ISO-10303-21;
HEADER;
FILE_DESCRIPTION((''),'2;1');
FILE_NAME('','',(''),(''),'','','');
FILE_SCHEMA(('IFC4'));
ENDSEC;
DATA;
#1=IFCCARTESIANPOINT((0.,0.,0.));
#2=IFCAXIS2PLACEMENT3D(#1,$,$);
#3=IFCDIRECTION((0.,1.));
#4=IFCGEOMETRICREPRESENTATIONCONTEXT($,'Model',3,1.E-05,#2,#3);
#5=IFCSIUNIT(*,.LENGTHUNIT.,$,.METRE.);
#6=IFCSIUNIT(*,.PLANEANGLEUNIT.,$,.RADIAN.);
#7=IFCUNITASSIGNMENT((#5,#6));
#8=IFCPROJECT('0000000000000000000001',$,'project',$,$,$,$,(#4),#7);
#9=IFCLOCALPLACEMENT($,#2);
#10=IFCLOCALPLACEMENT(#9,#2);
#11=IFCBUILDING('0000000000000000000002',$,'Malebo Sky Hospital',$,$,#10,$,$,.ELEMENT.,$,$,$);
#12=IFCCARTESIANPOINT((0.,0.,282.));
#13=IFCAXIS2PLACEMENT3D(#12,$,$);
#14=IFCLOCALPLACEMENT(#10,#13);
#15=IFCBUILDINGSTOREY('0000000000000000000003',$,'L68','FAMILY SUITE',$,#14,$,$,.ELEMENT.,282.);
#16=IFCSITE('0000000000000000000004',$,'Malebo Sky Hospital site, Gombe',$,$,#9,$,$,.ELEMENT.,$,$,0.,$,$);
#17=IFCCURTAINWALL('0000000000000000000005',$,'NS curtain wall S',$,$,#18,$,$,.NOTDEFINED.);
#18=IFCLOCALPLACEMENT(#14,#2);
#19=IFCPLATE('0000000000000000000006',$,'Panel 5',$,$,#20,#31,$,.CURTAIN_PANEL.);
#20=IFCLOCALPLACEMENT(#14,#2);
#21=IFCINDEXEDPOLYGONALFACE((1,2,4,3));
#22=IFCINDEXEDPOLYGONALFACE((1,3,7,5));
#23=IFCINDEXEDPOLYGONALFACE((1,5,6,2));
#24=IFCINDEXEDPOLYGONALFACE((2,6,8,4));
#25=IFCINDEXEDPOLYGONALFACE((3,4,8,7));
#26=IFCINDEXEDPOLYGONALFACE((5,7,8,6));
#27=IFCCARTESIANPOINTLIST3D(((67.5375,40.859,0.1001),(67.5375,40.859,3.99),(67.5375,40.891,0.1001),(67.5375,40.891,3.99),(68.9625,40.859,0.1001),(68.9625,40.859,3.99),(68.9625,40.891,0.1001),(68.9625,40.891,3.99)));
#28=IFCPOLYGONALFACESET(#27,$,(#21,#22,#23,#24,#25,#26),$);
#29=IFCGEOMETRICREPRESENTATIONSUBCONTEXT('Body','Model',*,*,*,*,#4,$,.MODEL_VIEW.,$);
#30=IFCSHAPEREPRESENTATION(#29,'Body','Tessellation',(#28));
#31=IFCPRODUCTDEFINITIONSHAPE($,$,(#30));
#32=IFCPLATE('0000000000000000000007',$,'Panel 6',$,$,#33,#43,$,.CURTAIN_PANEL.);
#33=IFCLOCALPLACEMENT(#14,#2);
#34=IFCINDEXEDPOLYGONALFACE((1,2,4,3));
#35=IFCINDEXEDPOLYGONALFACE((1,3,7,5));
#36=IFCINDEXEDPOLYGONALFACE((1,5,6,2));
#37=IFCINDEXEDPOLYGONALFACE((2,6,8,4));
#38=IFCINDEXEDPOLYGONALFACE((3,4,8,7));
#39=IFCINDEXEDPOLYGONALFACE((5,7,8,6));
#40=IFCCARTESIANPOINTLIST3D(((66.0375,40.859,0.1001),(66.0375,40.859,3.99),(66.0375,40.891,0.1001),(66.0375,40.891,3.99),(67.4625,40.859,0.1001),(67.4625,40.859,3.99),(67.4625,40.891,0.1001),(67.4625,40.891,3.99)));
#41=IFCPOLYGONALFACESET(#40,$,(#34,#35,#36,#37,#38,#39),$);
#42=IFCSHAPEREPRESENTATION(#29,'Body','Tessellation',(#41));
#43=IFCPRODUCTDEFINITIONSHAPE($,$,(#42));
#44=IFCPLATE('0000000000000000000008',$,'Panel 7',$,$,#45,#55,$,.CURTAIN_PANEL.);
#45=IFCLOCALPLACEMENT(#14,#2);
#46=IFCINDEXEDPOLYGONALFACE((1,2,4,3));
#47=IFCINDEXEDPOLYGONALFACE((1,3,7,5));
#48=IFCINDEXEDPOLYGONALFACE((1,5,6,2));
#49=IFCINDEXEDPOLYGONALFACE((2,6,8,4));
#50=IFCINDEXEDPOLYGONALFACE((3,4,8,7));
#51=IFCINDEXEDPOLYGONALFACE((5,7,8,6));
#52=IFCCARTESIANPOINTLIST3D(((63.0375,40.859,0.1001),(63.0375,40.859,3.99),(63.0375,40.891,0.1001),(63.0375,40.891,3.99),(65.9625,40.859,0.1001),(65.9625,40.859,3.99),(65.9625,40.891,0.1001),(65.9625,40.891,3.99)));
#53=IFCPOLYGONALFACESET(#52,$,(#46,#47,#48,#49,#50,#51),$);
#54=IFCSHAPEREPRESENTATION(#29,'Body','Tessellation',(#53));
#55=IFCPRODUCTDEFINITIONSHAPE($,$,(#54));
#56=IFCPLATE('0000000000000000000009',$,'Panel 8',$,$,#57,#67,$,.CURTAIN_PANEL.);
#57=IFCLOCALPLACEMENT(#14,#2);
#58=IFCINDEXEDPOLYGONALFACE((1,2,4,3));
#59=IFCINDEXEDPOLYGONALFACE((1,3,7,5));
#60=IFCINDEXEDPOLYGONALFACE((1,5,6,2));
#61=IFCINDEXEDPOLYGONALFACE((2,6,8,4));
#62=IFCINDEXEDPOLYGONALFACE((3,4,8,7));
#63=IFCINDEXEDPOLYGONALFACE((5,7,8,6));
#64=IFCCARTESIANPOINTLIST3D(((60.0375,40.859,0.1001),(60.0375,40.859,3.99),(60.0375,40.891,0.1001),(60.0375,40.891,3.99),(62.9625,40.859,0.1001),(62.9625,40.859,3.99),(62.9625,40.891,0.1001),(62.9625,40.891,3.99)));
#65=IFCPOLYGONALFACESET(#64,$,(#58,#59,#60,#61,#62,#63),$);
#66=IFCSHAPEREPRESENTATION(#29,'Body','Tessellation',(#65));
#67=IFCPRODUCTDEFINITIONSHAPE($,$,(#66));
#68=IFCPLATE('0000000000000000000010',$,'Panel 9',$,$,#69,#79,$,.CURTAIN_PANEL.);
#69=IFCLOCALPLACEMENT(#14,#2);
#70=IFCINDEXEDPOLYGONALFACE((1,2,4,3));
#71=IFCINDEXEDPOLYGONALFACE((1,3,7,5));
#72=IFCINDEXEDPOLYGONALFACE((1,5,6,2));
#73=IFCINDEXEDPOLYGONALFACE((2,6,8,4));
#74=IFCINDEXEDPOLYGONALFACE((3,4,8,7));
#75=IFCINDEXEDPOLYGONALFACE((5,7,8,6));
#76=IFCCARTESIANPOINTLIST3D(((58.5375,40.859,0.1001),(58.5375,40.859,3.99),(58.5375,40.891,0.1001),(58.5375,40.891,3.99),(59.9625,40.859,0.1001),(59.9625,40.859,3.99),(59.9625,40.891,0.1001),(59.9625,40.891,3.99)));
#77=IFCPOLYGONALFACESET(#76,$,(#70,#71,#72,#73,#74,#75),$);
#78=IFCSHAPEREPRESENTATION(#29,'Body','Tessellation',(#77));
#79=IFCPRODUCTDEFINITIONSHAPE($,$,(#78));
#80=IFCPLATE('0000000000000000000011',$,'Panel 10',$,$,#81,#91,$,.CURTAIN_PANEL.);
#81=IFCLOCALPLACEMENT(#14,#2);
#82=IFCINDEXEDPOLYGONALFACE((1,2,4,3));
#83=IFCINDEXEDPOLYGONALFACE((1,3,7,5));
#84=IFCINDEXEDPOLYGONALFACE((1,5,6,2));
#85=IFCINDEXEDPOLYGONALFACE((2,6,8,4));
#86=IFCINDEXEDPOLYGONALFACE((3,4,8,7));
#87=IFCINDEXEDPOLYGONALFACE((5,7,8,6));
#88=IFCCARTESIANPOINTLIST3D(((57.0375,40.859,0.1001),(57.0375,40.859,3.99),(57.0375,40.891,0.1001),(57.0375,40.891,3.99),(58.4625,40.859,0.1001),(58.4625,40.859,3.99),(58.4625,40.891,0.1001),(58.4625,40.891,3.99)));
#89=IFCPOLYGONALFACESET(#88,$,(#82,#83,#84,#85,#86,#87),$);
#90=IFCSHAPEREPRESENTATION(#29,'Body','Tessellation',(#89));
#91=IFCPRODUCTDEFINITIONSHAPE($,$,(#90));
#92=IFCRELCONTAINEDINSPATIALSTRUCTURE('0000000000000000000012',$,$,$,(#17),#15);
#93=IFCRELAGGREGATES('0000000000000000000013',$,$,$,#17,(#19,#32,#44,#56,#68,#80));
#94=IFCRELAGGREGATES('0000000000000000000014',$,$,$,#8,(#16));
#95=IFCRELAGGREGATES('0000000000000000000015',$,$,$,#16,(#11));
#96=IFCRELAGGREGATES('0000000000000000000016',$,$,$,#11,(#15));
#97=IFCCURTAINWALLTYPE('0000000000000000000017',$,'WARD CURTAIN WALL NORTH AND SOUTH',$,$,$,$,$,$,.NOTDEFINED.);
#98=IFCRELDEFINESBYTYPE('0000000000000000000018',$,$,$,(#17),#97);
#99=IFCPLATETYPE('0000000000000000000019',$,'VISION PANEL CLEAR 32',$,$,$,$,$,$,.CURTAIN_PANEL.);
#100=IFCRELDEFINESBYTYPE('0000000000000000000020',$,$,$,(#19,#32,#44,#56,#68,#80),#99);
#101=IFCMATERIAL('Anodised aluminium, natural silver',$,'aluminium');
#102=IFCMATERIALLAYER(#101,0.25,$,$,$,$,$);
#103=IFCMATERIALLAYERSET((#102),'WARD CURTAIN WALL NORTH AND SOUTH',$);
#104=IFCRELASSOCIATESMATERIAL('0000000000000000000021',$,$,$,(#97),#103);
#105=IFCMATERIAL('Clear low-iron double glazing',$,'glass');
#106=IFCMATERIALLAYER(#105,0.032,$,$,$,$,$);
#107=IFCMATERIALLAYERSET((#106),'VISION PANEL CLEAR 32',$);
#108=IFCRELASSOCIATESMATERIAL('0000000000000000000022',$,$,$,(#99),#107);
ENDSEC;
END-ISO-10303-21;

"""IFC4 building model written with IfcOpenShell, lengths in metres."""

from ifc_helpers import new_model, si_unit, direction, frame, origin, origin_2d, place, context, subcontext, project, spatial, rectangle, extrude, material, layer, layer_set, type_object, element, aggregate, save


model = new_model("IFC4")

# Units and contexts
model_context = context("Model", 3, precision=1e-05, world=origin(), true_north=direction((0.0, 1.0)))
body_context = subcontext(model_context, "Body", "Model", "MODEL_VIEW")
ifc_project = project(units=[si_unit("LENGTHUNIT", "METRE"), si_unit("PLANEANGLEUNIT", "RADIAN")], contexts=[model_context])

# Site, building, storey
site_placement = place(None, origin())
site = spatial("IfcSite", under=ifc_project, at=site_placement, Name="Malebo Sky Hospital site, Gombe", CompositionType="ELEMENT", RefElevation=0.0)
building_placement = place(site_placement, origin())
building = spatial("IfcBuilding", under=site, at=building_placement, Name="Malebo Sky Hospital", CompositionType="ELEMENT")
storey_placement = place(building_placement, frame((0.0, 0.0, 282.0)))
storey = spatial("IfcBuildingStorey", under=building, at=storey_placement, Name="L68", Description="FAMILY SUITE", CompositionType="ELEMENT", Elevation=282.0)

# Curtain wall
ifc_material_1 = material(Name="Anodised aluminium, natural silver", Category="aluminium")
ifc_layer_1 = layer(ifc_material_1, 0.25)
ifc_layer_set_1 = layer_set([ifc_layer_1], Name="WARD CURTAIN WALL NORTH AND SOUTH")
curtain_wall_type = type_object("IfcCurtainWallType", Name="WARD CURTAIN WALL NORTH AND SOUTH", PredefinedType="NOTDEFINED", material=ifc_layer_set_1)
curtain_wall_placement = place(storey_placement, origin())
curtain_wall = element("IfcCurtainWall", 1, at=curtain_wall_placement, inside=storey, type_object=curtain_wall_type, Name="NS curtain wall S", PredefinedType="NOTDEFINED")

# Plates
ifc_material_2 = material(Name="Clear low-iron double glazing", Category="glass")
ifc_layer_2 = layer(ifc_material_2, 0.032)
ifc_layer_set_2 = layer_set([ifc_layer_2], Name="VISION PANEL CLEAR 32")
plate_type = type_object("IfcPlateType", Name="VISION PANEL CLEAR 32", PredefinedType="CURTAIN_PANEL", material=ifc_layer_set_2)
plate_1_placement = place(storey_placement, frame((68.25, 40.875, 0.1001), z_axis=(0.0, 0.0, 1.0), x_axis=(-1.0, 0.0, 0.0)))
plate_1 = element("IfcPlate", 2, at=plate_1_placement, type_object=plate_type, Name="Panel 5", PredefinedType="CURTAIN_PANEL", context=body_context, shape_type="SweptSolid", body=[
    extrude(rectangle(XDim=1.425, YDim=0.032, at=origin_2d()), origin(), (0.0, 0.0, 1.0), 3.8899),
])
plate_2_placement = place(storey_placement, frame((66.75, 40.875, 0.1001), z_axis=(0.0, 0.0, 1.0), x_axis=(-1.0, 0.0, 0.0)))
plate_2 = element("IfcPlate", 3, at=plate_2_placement, type_object=plate_type, Name="Panel 6", PredefinedType="CURTAIN_PANEL", context=body_context, shape_type="SweptSolid", body=[
    extrude(rectangle(XDim=1.425, YDim=0.032, at=origin_2d()), origin(), (0.0, 0.0, 1.0), 3.8899),
])
plate_3_placement = place(storey_placement, frame((64.5, 40.875, 0.1001), z_axis=(0.0, 0.0, 1.0), x_axis=(-1.0, 0.0, 0.0)))
plate_3 = element("IfcPlate", 4, at=plate_3_placement, type_object=plate_type, Name="Panel 7", PredefinedType="CURTAIN_PANEL", context=body_context, shape_type="SweptSolid", body=[
    extrude(rectangle(XDim=2.925, YDim=0.032, at=origin_2d()), origin(), (0.0, 0.0, 1.0), 3.8899),
])
plate_4_placement = place(storey_placement, frame((61.5, 40.875, 0.1001), z_axis=(0.0, 0.0, 1.0), x_axis=(-1.0, 0.0, 0.0)))
plate_4 = element("IfcPlate", 5, at=plate_4_placement, type_object=plate_type, Name="Panel 8", PredefinedType="CURTAIN_PANEL", context=body_context, shape_type="SweptSolid", body=[
    extrude(rectangle(XDim=2.925, YDim=0.032, at=origin_2d()), origin(), (0.0, 0.0, 1.0), 3.8899),
])
plate_5_placement = place(storey_placement, frame((59.25, 40.875, 0.1001), z_axis=(0.0, 0.0, 1.0), x_axis=(-1.0, 0.0, 0.0)))
plate_5 = element("IfcPlate", 6, at=plate_5_placement, type_object=plate_type, Name="Panel 9", PredefinedType="CURTAIN_PANEL", context=body_context, shape_type="SweptSolid", body=[
    extrude(rectangle(XDim=1.425, YDim=0.032, at=origin_2d()), origin(), (0.0, 0.0, 1.0), 3.8899),
])
plate_6_placement = place(storey_placement, frame((57.75, 40.875, 0.1001), z_axis=(0.0, 0.0, 1.0), x_axis=(-1.0, 0.0, 0.0)))
plate_6 = element("IfcPlate", 7, at=plate_6_placement, type_object=plate_type, Name="Panel 10", PredefinedType="CURTAIN_PANEL", context=body_context, shape_type="SweptSolid", body=[
    extrude(rectangle(XDim=1.425, YDim=0.032, at=origin_2d()), origin(), (0.0, 0.0, 1.0), 3.8899),
])
aggregate(curtain_wall, [plate_1, plate_2, plate_3, plate_4, plate_5, plate_6])

save(model, "model.ifc")
